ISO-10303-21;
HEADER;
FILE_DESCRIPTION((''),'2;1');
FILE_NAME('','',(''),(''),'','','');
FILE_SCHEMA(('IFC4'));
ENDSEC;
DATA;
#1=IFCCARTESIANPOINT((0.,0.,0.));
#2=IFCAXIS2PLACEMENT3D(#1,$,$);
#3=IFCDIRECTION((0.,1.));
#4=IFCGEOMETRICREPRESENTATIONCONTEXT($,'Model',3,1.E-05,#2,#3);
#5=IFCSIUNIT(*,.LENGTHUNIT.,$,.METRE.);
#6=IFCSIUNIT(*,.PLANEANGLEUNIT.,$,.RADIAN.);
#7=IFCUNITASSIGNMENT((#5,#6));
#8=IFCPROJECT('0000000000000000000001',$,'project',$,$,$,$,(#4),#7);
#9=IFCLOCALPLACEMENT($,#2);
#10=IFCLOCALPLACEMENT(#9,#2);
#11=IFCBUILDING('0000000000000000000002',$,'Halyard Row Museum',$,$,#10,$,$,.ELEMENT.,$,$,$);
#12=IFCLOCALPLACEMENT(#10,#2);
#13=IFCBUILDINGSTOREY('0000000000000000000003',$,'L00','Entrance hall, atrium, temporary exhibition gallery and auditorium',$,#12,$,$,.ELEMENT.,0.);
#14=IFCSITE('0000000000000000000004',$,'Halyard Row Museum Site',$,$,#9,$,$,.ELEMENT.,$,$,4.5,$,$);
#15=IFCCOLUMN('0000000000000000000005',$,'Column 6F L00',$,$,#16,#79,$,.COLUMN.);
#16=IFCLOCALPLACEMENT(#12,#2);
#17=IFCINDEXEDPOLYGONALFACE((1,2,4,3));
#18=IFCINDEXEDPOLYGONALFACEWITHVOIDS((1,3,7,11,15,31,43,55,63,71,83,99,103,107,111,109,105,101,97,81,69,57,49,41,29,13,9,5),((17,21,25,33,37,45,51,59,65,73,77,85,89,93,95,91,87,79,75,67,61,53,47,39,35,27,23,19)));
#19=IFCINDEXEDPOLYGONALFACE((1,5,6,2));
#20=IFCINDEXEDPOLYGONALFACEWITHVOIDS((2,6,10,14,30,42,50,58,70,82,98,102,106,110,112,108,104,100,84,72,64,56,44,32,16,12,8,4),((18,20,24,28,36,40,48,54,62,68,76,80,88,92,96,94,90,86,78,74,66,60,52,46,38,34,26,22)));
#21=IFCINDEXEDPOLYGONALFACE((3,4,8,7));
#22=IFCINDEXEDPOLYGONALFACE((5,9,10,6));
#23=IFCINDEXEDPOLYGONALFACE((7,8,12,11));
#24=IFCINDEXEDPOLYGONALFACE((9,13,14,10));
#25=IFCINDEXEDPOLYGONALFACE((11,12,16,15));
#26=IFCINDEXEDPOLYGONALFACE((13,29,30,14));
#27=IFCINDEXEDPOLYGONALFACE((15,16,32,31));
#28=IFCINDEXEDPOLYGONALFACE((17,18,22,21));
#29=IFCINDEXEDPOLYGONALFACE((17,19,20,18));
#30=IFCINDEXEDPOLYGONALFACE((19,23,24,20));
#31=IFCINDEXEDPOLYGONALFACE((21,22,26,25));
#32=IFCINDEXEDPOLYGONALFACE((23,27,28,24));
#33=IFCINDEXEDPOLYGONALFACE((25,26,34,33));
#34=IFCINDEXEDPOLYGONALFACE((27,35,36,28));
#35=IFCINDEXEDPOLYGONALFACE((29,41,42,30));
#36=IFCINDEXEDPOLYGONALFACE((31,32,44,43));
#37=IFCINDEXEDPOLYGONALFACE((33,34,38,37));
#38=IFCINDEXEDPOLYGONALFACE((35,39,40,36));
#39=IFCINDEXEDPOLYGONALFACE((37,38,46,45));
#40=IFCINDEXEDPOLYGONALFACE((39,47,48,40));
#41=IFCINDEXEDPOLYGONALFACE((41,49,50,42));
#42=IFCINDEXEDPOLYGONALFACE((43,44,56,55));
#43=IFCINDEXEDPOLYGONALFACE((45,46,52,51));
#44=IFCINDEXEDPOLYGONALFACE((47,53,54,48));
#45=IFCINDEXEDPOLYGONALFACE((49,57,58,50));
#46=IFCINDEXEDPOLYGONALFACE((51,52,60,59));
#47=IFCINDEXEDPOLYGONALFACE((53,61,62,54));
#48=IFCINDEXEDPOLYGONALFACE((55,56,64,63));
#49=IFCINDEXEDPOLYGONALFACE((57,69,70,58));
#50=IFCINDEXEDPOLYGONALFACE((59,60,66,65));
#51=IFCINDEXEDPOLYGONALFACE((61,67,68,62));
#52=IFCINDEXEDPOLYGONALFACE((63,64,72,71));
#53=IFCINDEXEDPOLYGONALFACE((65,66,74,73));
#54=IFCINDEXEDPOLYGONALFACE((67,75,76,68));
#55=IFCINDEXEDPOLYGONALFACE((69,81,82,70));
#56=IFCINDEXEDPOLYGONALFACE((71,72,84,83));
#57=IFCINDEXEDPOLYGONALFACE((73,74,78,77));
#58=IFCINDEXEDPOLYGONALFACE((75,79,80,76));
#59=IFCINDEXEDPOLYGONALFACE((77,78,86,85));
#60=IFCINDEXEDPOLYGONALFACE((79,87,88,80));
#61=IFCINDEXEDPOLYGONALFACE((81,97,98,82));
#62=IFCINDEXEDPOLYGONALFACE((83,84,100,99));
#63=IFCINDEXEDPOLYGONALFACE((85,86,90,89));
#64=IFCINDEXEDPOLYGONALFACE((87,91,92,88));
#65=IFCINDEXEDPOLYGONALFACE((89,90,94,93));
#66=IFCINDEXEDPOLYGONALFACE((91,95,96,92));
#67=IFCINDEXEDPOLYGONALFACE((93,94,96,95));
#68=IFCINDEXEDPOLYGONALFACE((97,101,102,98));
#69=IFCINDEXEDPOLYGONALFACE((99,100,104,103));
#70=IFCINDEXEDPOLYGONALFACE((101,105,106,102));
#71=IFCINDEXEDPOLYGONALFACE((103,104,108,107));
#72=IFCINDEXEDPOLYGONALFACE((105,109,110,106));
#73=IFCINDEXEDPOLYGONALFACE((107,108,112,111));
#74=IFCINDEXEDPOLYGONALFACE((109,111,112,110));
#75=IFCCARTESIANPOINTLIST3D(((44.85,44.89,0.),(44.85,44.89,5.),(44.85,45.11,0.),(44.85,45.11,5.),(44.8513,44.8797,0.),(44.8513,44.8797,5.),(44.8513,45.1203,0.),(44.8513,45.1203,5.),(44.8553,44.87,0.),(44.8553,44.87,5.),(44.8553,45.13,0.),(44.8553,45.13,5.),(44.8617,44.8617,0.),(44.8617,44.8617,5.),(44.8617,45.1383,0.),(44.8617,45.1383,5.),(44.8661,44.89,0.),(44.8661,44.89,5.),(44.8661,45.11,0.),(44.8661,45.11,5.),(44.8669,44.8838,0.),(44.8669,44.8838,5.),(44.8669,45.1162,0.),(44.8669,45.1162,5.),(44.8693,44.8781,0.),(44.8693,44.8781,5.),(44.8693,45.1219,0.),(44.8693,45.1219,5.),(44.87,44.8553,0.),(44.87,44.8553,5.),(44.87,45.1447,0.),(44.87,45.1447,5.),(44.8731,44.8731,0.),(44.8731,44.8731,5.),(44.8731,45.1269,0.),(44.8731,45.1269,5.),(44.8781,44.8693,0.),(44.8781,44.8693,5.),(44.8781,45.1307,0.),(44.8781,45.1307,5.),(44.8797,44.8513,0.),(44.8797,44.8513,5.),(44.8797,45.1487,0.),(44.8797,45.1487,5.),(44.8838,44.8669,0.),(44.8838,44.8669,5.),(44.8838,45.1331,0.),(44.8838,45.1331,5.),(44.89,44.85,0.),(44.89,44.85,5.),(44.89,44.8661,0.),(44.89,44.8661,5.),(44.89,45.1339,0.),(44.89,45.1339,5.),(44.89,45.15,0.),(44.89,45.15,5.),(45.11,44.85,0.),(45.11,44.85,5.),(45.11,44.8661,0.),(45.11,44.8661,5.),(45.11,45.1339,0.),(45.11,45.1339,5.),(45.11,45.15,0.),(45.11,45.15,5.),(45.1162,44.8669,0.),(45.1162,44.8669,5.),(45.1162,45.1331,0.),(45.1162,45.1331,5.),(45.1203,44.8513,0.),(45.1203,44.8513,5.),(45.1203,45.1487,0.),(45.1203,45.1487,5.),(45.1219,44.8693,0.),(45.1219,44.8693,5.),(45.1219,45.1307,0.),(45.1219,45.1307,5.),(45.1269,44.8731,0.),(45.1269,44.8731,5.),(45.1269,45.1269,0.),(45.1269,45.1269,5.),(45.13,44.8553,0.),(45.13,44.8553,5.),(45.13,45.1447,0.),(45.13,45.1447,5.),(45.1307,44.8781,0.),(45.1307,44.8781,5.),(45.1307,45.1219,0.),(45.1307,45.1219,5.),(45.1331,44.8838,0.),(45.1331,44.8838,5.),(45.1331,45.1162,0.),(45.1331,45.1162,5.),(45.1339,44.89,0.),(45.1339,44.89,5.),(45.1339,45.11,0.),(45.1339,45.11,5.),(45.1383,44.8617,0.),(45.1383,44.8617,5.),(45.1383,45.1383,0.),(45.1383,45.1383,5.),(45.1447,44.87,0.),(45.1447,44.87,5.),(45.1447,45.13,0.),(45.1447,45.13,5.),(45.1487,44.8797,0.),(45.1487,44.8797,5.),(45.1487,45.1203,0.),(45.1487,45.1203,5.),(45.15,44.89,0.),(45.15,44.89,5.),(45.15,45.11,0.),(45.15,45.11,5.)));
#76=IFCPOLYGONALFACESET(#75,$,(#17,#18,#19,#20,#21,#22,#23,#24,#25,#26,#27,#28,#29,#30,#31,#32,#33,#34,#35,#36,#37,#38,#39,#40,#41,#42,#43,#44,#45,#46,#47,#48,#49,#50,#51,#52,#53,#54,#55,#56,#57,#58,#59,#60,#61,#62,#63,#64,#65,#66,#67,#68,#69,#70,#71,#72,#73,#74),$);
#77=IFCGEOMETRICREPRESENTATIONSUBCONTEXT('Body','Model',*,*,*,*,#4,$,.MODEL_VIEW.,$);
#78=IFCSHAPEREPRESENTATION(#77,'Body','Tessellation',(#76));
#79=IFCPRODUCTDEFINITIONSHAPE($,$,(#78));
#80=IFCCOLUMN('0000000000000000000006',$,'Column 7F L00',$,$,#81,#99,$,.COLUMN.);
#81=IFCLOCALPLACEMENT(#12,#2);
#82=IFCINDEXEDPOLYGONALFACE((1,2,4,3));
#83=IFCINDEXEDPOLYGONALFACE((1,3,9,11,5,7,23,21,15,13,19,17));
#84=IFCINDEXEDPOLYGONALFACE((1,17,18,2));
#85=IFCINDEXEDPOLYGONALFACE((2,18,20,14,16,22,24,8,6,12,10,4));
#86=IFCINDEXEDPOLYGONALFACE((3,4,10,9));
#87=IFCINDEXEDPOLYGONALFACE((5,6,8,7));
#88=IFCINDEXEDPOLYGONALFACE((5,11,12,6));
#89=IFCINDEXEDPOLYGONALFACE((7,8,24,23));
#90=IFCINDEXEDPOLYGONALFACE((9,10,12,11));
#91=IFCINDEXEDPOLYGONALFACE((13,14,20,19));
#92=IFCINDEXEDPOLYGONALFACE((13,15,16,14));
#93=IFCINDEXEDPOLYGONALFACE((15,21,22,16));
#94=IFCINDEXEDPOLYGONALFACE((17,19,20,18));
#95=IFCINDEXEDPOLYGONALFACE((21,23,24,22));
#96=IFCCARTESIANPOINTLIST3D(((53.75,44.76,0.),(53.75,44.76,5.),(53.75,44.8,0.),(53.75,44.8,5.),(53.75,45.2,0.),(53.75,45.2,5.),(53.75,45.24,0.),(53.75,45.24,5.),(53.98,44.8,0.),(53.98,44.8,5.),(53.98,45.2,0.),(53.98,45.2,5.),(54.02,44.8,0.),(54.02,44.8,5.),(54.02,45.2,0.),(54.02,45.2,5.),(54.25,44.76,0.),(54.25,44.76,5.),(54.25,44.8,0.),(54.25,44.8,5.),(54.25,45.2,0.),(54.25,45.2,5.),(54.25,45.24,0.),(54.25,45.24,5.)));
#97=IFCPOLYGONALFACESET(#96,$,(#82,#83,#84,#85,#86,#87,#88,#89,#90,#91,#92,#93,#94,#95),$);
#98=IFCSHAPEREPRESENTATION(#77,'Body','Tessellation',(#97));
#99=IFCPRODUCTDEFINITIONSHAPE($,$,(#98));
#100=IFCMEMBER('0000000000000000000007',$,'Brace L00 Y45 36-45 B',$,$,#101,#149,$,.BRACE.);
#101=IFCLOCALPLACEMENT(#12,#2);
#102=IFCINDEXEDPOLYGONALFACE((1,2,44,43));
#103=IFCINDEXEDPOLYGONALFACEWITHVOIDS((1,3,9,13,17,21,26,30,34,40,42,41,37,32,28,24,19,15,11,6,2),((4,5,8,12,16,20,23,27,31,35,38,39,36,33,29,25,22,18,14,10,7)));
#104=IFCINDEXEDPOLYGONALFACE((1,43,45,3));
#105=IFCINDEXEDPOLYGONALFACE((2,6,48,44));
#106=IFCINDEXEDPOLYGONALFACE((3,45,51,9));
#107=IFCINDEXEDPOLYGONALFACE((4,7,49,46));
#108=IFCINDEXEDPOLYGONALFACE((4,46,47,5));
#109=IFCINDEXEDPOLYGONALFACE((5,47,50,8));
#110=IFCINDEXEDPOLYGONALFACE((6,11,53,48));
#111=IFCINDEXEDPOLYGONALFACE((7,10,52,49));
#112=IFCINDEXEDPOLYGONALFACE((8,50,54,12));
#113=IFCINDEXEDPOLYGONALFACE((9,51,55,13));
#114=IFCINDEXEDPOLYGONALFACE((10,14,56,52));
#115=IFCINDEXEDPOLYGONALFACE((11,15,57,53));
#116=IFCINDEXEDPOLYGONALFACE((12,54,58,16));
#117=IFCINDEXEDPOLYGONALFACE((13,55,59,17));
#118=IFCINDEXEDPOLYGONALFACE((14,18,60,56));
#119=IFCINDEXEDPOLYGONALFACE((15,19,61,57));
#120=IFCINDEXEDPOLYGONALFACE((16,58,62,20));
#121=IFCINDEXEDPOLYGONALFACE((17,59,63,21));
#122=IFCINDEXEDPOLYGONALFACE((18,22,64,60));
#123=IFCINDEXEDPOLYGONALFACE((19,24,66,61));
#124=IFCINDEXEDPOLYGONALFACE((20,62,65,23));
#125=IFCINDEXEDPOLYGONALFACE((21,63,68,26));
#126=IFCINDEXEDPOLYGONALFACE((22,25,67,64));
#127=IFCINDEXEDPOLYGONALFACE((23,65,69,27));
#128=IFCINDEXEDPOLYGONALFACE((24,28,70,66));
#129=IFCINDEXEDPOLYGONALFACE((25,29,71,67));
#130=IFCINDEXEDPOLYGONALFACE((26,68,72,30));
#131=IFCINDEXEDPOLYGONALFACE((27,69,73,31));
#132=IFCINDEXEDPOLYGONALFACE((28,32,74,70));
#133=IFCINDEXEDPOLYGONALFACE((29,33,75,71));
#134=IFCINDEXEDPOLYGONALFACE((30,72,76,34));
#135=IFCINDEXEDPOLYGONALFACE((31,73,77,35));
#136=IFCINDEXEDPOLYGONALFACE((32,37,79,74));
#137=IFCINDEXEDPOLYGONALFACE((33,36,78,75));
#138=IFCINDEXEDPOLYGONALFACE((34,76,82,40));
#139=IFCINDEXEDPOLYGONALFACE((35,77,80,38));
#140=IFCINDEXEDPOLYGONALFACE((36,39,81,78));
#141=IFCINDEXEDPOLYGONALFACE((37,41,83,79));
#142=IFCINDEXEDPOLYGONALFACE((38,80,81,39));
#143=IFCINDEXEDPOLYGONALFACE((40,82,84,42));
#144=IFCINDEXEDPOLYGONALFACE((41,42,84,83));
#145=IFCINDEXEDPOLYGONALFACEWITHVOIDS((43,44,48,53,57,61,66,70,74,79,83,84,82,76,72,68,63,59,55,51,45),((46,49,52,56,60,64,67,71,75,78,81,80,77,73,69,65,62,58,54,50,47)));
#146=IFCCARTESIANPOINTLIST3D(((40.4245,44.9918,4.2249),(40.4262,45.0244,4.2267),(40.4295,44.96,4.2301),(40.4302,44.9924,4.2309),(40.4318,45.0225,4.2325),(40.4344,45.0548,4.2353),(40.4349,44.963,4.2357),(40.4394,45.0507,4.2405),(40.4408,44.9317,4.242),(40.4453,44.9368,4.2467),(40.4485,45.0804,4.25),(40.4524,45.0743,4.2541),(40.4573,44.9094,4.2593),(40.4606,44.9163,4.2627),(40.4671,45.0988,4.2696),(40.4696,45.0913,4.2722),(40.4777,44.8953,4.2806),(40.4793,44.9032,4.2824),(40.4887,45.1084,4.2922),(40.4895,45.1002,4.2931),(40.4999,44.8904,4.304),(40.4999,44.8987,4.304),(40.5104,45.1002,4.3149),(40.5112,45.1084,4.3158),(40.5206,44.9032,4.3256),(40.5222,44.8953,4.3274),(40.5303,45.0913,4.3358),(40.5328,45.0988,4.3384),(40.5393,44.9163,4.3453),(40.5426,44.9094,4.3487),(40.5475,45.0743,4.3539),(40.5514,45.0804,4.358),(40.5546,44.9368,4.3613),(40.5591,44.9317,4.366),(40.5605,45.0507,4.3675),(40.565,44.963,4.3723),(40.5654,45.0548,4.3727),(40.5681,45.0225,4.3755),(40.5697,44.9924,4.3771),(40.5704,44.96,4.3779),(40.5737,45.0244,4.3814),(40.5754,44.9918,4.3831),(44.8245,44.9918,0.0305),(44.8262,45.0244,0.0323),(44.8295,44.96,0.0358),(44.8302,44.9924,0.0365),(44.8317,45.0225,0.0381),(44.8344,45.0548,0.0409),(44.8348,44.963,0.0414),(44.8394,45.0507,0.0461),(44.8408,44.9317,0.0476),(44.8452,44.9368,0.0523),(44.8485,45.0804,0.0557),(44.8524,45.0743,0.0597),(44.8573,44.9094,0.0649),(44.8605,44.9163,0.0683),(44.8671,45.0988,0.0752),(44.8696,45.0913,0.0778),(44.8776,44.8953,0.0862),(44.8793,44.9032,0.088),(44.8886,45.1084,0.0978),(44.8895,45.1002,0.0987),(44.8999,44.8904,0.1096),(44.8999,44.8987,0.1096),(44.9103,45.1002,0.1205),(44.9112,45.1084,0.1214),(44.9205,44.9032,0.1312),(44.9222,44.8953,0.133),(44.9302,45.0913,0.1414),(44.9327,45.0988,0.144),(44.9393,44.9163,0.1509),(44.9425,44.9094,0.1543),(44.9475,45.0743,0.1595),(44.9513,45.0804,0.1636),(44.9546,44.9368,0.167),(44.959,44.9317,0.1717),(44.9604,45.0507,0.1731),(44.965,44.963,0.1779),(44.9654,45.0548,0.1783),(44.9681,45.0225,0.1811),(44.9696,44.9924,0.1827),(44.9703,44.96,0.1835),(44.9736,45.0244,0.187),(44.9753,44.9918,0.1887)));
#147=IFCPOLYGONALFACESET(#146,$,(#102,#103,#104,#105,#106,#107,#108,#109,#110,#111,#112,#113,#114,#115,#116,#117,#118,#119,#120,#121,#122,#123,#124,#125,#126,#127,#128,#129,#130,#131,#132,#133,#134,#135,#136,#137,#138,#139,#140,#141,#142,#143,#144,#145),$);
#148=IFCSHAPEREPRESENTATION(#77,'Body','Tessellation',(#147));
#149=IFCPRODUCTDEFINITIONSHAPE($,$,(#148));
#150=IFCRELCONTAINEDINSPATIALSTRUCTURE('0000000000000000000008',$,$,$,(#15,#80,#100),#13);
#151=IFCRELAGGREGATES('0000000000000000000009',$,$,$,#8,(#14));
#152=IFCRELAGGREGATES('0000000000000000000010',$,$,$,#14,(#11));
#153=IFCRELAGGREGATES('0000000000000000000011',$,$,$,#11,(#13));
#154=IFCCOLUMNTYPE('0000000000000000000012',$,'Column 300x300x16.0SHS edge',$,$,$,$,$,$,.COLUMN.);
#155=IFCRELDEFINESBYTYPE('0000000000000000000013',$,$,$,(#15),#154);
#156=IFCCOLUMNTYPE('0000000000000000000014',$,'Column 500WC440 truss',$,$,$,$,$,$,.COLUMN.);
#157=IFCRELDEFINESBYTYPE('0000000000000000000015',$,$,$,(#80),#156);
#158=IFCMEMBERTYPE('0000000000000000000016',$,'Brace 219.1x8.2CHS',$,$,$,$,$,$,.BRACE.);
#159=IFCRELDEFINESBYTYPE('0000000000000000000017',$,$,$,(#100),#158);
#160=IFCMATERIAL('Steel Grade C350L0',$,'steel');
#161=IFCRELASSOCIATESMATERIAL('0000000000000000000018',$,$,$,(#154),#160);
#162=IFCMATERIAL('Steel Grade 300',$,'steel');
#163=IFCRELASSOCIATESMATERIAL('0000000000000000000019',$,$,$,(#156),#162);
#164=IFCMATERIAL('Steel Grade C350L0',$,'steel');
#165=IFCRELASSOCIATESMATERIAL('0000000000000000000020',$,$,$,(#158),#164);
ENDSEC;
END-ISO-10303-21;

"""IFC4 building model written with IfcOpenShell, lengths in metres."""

from ifc_helpers import new_model, si_unit, direction, frame, origin, origin_2d, place, context, subcontext, project, spatial, hollow_rectangle, hollow_circle, i_section, extrude, material, material_profile, profile_set, type_object, element, save


model = new_model("IFC4")

# Units and contexts
model_context = context("Model", 3, precision=1e-05, world=origin(), true_north=direction((0.0, 1.0)))
body_context = subcontext(model_context, "Body", "Model", "MODEL_VIEW")
ifc_project = project(units=[si_unit("LENGTHUNIT", "METRE"), si_unit("PLANEANGLEUNIT", "RADIAN")], contexts=[model_context])

# Site, building, storey
site_placement = place(None, origin())
site = spatial("IfcSite", under=ifc_project, at=site_placement, Name="Halyard Row Museum Site", CompositionType="ELEMENT", RefElevation=4.5)
building_placement = place(site_placement, origin())
building = spatial("IfcBuilding", under=site, at=building_placement, Name="Halyard Row Museum", CompositionType="ELEMENT")
storey_placement = place(building_placement, origin())
storey = spatial("IfcBuildingStorey", under=building, at=storey_placement, Name="L00", Description="Entrance hall, atrium, temporary exhibition gallery and auditorium", CompositionType="ELEMENT", Elevation=0.0)

# Columns
ifc_material_1 = material(Name="Steel Grade C350L0", Category="steel")
ifc_material_profile_1 = material_profile(ifc_material_1, hollow_rectangle(XDim=0.3, YDim=0.3, WallThickness=0.0161, InnerFilletRadius=0.0239, OuterFilletRadius=0.04, at=origin_2d()), Name="300x300x16.0SHS")
ifc_profile_set_1 = profile_set([ifc_material_profile_1], Name="Steel Grade C350L0")
column_type_1 = type_object("IfcColumnType", Name="Column 300x300x16.0SHS edge", PredefinedType="COLUMN", material=ifc_profile_set_1)
column_1_placement = place(storey_placement, frame((45.0, 45.0, 0.0), z_axis=(0.0, 0.0, 1.0), x_axis=(1.0, 0.0, 0.0)))
element("IfcColumn", 1, at=column_1_placement, inside=storey, type_object=column_type_1, Name="Column 6F L00", PredefinedType="COLUMN", context=body_context, shape_type="SweptSolid", body=[
    extrude(hollow_rectangle(XDim=0.3, YDim=0.3, WallThickness=0.0161, InnerFilletRadius=0.0239, OuterFilletRadius=0.04, at=origin_2d()), origin(), (0.0, 0.0, 1.0), 5.0),
])
ifc_material_2 = material(Name="Steel Grade 300", Category="steel")
ifc_material_profile_2 = material_profile(ifc_material_2, i_section(OverallWidth=0.5, OverallDepth=0.48, WebThickness=0.04, FlangeThickness=0.04, at=origin_2d()), Name="500WC440")
ifc_profile_set_2 = profile_set([ifc_material_profile_2], Name="Steel Grade 300")
column_type_2 = type_object("IfcColumnType", Name="Column 500WC440 truss", PredefinedType="COLUMN", material=ifc_profile_set_2)
column_2_placement = place(storey_placement, frame((54.0, 45.0, 0.0), z_axis=(0.0, 0.0, 1.0), x_axis=(1.0, 0.0, 0.0)))
element("IfcColumn", 2, at=column_2_placement, inside=storey, type_object=column_type_2, Name="Column 7F L00", PredefinedType="COLUMN", context=body_context, shape_type="SweptSolid", body=[
    extrude(i_section(OverallWidth=0.5, OverallDepth=0.48, WebThickness=0.04, FlangeThickness=0.04, at=origin_2d()), origin(), (0.0, 0.0, 1.0), 5.0),
])

# Member
ifc_material_3 = material(Name="Steel Grade C350L0", Category="steel")
ifc_material_profile_3 = material_profile(ifc_material_3, hollow_circle(Radius=0.1096, WallThickness=0.0083, at=origin_2d()), Name="219.1x8.2CHS")
ifc_profile_set_3 = profile_set([ifc_material_profile_3], Name="Steel Grade C350L0")
member_type_1 = type_object("IfcMemberType", Name="Brace 219.1x8.2CHS", PredefinedType="BRACE", material=ifc_profile_set_3)
member_1_placement = place(storey_placement, frame((44.8999, 45.0, 0.1096), z_axis=(-0.723813, 0.0, 0.689996), x_axis=(0.0, -1.0, 0.0)))
element("IfcMember", 3, at=member_1_placement, inside=storey, type_object=member_type_1, Name="Brace L00 Y45 36-45 B", PredefinedType="BRACE", context=body_context, shape_type="SweptSolid", body=[
    extrude(hollow_circle(Radius=0.1096, WallThickness=0.0083, at=origin_2d()), origin(), (0.0, 0.0, 1.0), 6.0789),
])

save(model, "model.ifc")
